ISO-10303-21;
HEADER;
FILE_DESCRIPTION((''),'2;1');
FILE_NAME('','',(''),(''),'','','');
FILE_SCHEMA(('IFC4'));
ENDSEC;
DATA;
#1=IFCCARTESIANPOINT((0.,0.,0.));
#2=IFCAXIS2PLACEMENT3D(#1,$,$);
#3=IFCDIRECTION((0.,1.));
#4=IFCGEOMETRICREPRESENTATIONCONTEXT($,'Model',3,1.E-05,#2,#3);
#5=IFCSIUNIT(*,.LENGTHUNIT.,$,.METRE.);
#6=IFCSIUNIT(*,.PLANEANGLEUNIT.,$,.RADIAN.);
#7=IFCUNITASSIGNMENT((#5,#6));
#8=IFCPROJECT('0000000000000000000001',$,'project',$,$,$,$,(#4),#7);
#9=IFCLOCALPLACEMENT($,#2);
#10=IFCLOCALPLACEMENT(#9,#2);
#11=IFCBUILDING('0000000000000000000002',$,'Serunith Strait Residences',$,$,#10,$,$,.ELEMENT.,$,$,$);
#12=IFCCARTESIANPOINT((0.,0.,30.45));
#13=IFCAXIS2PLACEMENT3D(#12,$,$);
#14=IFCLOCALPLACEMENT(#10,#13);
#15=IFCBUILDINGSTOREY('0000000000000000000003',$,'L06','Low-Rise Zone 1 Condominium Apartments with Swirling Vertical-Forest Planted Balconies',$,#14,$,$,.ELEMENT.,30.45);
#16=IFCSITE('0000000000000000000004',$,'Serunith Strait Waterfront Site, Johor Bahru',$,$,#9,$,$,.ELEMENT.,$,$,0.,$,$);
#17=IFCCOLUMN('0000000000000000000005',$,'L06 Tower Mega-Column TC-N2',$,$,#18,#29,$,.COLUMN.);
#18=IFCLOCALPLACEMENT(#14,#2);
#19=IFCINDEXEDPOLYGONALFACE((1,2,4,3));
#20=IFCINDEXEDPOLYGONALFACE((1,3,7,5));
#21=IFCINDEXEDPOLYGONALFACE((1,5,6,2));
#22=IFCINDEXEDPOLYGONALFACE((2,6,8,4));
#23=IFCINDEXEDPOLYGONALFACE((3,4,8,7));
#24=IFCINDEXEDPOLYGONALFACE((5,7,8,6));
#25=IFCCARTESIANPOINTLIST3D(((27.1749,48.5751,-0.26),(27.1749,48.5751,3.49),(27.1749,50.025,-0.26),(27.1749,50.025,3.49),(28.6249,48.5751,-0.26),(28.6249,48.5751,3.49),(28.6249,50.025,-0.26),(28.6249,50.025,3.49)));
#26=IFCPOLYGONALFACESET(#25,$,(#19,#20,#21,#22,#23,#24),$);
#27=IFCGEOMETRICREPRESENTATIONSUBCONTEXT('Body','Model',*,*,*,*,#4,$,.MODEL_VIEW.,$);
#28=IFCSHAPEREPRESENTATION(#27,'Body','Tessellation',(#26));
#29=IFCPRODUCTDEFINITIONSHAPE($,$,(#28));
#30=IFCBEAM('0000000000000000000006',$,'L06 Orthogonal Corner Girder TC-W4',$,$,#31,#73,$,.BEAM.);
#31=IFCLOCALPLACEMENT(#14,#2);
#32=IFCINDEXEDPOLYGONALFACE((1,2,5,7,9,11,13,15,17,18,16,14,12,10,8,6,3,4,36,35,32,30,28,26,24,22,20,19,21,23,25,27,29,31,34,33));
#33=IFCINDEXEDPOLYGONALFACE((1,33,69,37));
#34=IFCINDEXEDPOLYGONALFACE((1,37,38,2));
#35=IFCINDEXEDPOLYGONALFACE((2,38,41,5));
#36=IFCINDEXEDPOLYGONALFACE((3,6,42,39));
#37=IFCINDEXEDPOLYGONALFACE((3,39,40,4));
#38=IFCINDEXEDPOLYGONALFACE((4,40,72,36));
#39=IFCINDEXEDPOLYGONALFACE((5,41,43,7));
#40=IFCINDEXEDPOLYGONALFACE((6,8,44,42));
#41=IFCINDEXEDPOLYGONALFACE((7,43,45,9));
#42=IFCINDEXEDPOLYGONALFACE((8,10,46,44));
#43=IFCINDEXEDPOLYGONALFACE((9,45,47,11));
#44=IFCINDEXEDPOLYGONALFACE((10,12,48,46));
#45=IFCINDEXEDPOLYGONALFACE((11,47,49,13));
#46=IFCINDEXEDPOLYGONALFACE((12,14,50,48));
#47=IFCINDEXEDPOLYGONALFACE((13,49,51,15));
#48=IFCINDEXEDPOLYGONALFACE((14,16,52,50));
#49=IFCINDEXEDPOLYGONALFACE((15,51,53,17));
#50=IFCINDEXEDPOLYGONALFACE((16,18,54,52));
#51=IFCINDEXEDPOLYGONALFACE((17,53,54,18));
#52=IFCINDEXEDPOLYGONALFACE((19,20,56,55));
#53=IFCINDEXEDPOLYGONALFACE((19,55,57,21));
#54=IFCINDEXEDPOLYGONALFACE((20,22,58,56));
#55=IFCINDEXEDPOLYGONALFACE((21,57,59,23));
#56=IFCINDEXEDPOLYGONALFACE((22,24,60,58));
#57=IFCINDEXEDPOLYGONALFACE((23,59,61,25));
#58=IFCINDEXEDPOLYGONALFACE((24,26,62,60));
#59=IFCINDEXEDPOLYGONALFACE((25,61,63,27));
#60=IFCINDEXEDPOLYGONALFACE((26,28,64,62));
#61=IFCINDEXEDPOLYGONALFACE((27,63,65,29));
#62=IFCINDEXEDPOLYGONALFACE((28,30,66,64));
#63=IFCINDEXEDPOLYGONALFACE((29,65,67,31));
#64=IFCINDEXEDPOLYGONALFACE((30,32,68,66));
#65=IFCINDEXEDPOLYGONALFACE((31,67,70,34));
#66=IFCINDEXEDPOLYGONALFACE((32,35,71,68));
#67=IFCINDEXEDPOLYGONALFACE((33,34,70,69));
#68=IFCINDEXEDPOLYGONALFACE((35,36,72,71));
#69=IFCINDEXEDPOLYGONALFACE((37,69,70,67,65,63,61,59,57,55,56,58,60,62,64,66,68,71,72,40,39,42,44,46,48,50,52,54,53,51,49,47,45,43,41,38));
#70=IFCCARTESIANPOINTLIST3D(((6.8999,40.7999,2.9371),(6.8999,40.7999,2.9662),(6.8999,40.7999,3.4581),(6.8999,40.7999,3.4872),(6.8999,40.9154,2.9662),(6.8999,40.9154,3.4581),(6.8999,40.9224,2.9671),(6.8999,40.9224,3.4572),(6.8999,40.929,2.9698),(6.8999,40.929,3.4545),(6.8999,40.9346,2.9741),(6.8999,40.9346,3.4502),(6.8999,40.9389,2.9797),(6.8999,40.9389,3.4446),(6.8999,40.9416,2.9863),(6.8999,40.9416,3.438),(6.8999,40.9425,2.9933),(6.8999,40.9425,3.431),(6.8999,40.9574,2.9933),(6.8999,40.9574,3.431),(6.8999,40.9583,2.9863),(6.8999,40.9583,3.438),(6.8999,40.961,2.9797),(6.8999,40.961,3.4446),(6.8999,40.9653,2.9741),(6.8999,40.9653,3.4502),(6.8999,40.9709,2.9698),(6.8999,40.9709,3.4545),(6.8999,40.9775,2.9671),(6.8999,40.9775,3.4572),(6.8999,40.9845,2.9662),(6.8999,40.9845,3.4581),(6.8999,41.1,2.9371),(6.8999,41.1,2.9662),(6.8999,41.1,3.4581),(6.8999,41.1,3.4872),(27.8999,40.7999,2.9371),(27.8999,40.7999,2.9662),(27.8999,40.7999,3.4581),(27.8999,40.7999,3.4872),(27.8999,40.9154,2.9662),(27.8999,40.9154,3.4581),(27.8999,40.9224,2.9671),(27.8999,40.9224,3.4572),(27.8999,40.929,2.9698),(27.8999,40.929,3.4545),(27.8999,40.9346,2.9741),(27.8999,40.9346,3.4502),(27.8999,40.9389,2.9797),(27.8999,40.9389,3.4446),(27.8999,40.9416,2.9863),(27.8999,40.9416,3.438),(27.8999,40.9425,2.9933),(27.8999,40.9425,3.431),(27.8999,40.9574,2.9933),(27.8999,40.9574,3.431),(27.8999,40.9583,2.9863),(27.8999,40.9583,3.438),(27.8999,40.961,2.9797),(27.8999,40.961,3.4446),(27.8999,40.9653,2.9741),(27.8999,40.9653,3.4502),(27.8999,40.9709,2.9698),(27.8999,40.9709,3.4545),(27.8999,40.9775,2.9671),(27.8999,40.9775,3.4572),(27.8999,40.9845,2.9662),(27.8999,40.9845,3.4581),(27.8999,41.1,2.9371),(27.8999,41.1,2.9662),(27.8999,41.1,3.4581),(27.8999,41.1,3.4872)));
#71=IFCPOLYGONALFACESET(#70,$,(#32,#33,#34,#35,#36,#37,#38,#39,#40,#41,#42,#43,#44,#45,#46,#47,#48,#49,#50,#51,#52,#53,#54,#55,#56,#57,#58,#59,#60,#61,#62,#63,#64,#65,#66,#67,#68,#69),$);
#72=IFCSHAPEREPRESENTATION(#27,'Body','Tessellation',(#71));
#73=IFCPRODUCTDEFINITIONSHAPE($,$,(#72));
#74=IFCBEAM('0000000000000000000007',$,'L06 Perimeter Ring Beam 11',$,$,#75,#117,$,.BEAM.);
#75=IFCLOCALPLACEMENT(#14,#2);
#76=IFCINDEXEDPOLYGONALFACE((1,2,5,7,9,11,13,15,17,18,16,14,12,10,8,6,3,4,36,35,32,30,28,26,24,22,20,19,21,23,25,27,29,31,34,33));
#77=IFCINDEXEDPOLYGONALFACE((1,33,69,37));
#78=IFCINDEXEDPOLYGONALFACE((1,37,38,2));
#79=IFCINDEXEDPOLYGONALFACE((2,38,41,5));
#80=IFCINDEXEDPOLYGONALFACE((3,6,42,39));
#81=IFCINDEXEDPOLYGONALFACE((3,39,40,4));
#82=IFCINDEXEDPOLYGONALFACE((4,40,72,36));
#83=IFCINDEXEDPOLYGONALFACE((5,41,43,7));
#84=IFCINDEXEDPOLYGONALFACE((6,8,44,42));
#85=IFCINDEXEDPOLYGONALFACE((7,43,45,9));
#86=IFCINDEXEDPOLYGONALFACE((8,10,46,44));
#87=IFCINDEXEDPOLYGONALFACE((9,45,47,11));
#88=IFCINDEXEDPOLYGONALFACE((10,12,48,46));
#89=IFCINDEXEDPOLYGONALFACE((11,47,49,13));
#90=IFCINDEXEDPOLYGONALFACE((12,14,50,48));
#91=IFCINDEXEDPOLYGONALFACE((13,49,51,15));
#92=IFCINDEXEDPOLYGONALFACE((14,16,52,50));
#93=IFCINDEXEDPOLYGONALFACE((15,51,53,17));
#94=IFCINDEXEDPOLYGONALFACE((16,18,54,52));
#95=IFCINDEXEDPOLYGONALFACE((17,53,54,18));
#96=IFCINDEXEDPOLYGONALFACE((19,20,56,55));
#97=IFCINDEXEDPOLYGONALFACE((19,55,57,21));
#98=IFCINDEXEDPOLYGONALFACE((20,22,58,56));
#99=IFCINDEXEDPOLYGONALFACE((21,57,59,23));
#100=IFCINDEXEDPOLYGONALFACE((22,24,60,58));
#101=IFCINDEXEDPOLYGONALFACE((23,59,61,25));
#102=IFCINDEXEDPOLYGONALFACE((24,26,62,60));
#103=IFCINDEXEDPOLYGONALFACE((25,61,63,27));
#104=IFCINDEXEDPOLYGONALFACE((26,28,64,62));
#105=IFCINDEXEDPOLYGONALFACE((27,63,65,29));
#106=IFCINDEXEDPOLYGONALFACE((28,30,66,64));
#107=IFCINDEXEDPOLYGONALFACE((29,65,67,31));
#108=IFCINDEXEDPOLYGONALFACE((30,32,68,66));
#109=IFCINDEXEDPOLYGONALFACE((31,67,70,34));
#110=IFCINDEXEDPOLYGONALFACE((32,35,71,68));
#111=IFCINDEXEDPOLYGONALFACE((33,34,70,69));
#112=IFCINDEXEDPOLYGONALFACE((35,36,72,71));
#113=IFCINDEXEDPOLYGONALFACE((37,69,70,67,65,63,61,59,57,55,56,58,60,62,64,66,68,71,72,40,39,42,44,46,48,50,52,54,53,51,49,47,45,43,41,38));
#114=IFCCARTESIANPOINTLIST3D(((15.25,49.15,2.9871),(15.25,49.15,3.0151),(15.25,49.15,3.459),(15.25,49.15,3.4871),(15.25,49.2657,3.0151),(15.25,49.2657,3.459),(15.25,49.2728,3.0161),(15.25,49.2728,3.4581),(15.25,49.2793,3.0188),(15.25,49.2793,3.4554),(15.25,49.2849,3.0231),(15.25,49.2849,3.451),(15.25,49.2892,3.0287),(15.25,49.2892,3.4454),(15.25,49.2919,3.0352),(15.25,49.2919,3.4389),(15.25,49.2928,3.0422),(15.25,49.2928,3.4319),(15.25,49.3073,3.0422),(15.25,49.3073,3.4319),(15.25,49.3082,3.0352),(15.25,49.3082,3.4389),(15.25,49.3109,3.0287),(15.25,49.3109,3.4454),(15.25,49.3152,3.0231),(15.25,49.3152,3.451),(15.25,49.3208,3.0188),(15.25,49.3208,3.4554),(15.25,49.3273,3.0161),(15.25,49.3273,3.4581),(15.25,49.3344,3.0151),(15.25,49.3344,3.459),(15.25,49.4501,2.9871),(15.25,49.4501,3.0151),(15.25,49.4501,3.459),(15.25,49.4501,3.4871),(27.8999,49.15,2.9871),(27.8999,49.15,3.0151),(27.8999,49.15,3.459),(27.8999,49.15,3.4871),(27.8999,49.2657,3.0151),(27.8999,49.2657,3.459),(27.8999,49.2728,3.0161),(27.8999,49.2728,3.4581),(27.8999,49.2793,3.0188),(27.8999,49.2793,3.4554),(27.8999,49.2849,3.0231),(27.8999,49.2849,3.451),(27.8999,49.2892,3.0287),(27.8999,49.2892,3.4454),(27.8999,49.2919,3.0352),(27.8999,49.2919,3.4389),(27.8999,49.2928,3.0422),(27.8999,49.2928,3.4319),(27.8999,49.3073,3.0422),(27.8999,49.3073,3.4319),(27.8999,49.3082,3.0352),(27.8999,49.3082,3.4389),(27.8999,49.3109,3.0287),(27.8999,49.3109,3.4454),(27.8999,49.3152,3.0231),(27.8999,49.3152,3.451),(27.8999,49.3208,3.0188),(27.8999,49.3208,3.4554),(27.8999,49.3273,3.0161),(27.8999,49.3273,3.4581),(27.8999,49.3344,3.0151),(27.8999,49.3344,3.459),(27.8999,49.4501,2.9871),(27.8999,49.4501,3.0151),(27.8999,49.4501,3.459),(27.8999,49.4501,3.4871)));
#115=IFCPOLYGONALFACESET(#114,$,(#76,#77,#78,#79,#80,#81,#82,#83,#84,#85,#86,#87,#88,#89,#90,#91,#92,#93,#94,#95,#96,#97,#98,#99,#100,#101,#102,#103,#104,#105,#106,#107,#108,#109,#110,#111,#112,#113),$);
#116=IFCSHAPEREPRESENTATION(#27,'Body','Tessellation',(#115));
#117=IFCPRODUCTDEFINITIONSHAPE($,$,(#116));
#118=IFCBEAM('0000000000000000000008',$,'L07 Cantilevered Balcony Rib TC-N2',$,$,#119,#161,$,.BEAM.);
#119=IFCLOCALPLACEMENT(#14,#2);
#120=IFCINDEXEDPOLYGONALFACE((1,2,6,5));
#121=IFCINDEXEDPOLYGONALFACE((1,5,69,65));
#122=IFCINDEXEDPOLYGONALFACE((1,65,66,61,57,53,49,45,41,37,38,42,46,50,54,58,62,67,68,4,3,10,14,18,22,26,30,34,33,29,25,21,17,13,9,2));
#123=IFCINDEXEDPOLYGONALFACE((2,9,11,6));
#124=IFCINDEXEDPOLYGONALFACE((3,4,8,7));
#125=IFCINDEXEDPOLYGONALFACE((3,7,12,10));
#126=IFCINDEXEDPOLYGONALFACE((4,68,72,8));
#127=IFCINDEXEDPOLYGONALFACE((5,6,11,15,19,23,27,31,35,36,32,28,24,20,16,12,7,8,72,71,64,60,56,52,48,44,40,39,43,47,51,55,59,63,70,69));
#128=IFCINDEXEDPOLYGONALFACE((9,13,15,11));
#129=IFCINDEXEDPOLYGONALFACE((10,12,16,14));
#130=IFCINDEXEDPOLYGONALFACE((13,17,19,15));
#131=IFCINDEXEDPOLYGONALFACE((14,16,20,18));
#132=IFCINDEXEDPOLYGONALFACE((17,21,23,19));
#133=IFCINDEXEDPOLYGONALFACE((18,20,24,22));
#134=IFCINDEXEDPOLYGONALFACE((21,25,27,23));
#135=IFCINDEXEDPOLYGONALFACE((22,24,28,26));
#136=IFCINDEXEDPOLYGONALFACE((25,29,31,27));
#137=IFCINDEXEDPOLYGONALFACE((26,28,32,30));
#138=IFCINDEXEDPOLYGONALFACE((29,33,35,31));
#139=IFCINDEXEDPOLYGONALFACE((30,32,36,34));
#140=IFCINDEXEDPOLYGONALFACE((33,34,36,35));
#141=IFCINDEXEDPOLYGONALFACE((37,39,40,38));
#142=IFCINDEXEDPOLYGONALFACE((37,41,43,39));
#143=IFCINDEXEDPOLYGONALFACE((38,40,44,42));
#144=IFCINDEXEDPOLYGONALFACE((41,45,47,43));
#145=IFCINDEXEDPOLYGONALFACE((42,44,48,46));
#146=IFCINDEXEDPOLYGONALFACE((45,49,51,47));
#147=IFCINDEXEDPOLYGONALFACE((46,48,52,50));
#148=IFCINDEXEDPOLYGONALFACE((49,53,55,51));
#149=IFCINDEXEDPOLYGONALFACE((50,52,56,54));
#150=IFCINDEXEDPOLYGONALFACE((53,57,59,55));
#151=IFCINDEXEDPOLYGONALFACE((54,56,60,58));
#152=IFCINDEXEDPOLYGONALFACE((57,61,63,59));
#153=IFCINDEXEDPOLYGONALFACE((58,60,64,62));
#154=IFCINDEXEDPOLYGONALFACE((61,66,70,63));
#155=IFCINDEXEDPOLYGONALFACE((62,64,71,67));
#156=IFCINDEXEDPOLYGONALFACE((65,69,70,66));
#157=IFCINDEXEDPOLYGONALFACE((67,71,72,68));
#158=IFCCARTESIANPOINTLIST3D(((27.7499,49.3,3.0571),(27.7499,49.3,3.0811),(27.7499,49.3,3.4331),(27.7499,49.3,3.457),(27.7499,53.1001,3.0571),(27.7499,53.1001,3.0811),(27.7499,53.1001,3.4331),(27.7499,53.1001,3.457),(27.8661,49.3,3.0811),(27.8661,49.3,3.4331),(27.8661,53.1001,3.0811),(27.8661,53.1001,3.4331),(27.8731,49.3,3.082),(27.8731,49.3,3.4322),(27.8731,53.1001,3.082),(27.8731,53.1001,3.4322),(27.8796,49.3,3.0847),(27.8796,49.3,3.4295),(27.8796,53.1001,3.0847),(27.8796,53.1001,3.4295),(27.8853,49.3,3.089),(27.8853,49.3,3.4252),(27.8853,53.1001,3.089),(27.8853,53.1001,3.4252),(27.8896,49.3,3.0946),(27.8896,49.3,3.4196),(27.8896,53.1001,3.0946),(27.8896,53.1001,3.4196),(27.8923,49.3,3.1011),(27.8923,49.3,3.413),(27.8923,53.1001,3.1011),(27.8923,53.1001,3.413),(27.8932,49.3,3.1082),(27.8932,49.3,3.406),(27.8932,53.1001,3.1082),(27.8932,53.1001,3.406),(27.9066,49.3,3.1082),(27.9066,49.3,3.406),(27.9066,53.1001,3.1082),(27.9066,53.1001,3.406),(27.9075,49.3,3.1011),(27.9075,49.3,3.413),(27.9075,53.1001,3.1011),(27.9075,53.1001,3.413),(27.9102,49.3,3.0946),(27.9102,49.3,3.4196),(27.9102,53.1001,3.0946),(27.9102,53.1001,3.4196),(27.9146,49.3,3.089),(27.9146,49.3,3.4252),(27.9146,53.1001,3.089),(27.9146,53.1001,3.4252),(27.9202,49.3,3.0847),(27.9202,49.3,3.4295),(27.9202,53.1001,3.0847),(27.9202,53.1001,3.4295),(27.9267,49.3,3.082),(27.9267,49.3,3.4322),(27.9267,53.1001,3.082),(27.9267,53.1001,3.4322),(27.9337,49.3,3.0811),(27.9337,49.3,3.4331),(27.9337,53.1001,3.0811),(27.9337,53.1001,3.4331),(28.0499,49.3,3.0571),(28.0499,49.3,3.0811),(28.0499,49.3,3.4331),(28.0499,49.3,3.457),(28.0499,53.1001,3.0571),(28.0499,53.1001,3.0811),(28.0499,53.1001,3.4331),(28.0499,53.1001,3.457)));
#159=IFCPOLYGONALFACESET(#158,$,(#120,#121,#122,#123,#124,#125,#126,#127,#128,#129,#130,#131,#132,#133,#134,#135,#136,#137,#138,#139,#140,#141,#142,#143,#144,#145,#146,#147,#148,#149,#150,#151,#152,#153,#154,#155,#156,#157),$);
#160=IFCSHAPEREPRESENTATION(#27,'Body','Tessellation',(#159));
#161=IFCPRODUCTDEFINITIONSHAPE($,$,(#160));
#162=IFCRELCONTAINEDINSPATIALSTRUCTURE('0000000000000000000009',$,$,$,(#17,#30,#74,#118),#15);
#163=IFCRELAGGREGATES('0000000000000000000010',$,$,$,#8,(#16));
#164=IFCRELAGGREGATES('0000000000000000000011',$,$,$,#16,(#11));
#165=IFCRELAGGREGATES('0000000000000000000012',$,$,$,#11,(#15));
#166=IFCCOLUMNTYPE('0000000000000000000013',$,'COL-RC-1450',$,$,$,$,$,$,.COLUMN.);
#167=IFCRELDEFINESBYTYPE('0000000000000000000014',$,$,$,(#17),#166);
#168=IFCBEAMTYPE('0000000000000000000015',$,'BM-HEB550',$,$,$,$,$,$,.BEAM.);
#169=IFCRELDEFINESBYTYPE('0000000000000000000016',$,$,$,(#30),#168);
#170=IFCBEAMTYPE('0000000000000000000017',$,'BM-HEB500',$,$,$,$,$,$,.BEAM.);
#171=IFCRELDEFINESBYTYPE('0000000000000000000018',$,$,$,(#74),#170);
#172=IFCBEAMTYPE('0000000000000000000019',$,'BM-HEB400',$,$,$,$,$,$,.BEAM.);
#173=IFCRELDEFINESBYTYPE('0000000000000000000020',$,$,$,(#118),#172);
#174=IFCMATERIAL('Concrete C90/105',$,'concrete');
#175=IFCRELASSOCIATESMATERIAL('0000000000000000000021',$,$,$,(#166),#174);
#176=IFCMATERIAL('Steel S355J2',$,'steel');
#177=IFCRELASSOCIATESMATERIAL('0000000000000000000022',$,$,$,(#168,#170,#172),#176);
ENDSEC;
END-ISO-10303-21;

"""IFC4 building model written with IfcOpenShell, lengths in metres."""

from ifc_helpers import new_model, si_unit, direction, frame, origin, origin_2d, place, context, subcontext, project, spatial, rectangle, i_section, extrude, source, transform, mapped, material, material_profile, profile_set, type_object, element, save


model = new_model("IFC4")

# Units and contexts
model_context = context("Model", 3, precision=1e-05, world=origin(), true_north=direction((0.0, 1.0)))
body_context = subcontext(model_context, "Body", "Model", "MODEL_VIEW")
ifc_project = project(units=[si_unit("LENGTHUNIT", "METRE"), si_unit("PLANEANGLEUNIT", "RADIAN")], contexts=[model_context])

# Site, building, storey
site_placement = place(None, origin())
site = spatial("IfcSite", under=ifc_project, at=site_placement, Name="Serunith Strait Waterfront Site, Johor Bahru", CompositionType="ELEMENT", RefElevation=0.0)
building_placement = place(site_placement, origin())
building = spatial("IfcBuilding", under=site, at=building_placement, Name="Serunith Strait Residences", CompositionType="ELEMENT")
storey_placement = place(building_placement, frame((0.0, 0.0, 30.45)))
storey = spatial("IfcBuildingStorey", under=building, at=storey_placement, Name="L06", Description="Low-Rise Zone 1 Condominium Apartments with Swirling Vertical-Forest Planted Balconies", CompositionType="ELEMENT", Elevation=30.45)

# Column
ifc_material_1 = material(Name="Concrete C90/105", Category="concrete")
ifc_material_profile_1 = material_profile(ifc_material_1, rectangle(XDim=1.45, YDim=1.45, at=origin_2d()), Name="RC 1450x1450")
ifc_profile_set_1 = profile_set([ifc_material_profile_1], Name="Concrete C90/105")
column_type = type_object("IfcColumnType", Name="COL-RC-1450", PredefinedType="COLUMN", material=ifc_profile_set_1)
shared_shape_1 = source(origin(), body_context, "Body", "SweptSolid", [
    extrude(rectangle(XDim=1.45, YDim=1.45, at=origin_2d()), origin(), (0.0, 0.0, 1.0), 3.75),
])
column_placement = place(storey_placement, frame((27.8999, 49.3, -0.26), z_axis=(0.0, 0.0, 1.0), x_axis=(1.0, 0.0, 0.0)))
element("IfcColumn", 1, at=column_placement, inside=storey, type_object=column_type, Name="L06 Tower Mega-Column TC-N2", PredefinedType="COLUMN", context=body_context, shape_type="MappedRepresentation", body=[
    mapped(shared_shape_1, transform((0.0, 0.0, 0.0), scale=1.0)),
])

# Beams
ifc_material_2 = material(Name="Steel S355J2", Category="steel")
ifc_material_profile_2 = material_profile(ifc_material_2, i_section(OverallWidth=0.3, OverallDepth=0.55, WebThickness=0.0149, FlangeThickness=0.0291, FilletRadius=0.0271, at=origin_2d()), Name="HEB 550")
ifc_profile_set_2 = profile_set([ifc_material_profile_2], Name="Steel S355J2")
beam_type_1 = type_object("IfcBeamType", Name="BM-HEB550", PredefinedType="BEAM", material=ifc_profile_set_2)
shared_shape_2 = source(origin(), body_context, "Body", "SweptSolid", [
    extrude(i_section(OverallWidth=0.3, OverallDepth=0.55, WebThickness=0.0149, FlangeThickness=0.0291, FilletRadius=0.0271, at=origin_2d()), origin(), (0.0, 0.0, 1.0), 21.0),
])
beam_1_placement = place(storey_placement, frame((27.8999, 40.95, 3.2122), z_axis=(-1.0, 0.0, 0.0), x_axis=(0.0, -1.0, 0.0)))
element("IfcBeam", 2, at=beam_1_placement, inside=storey, type_object=beam_type_1, Name="L06 Orthogonal Corner Girder TC-W4", PredefinedType="BEAM", context=body_context, shape_type="MappedRepresentation", body=[
    mapped(shared_shape_2, transform((0.0, 0.0, 0.0), scale=1.0)),
])
ifc_material_profile_3 = material_profile(ifc_material_2, i_section(OverallWidth=0.3, OverallDepth=0.5, WebThickness=0.0144, FlangeThickness=0.0281, FilletRadius=0.0271, at=origin_2d()), Name="HEB 500")
ifc_profile_set_3 = profile_set([ifc_material_profile_3], Name="Steel S355J2")
beam_type_2 = type_object("IfcBeamType", Name="BM-HEB500", PredefinedType="BEAM", material=ifc_profile_set_3)
shared_shape_3 = source(origin(), body_context, "Body", "SweptSolid", [
    extrude(i_section(OverallWidth=0.3, OverallDepth=0.5, WebThickness=0.0144, FlangeThickness=0.0281, FilletRadius=0.0271, at=origin_2d()), origin(), (0.0, 0.0, 1.0), 12.6499),
])
beam_2_placement = place(storey_placement, frame((27.8999, 49.3, 3.2371), z_axis=(-1.0, 0.0, 0.0), x_axis=(0.0, -1.0, 0.0)))
element("IfcBeam", 3, at=beam_2_placement, inside=storey, type_object=beam_type_2, Name="L06 Perimeter Ring Beam 11", PredefinedType="BEAM", context=body_context, shape_type="MappedRepresentation", body=[
    mapped(shared_shape_3, transform((0.0, 0.0, 0.0), scale=1.0)),
])
ifc_material_profile_4 = material_profile(ifc_material_2, i_section(OverallWidth=0.3, OverallDepth=0.3999, WebThickness=0.0134, FlangeThickness=0.0239, FilletRadius=0.0271, at=origin_2d()), Name="HEB 400")
ifc_profile_set_4 = profile_set([ifc_material_profile_4], Name="Steel S355J2")
beam_type_3 = type_object("IfcBeamType", Name="BM-HEB400", PredefinedType="BEAM", material=ifc_profile_set_4)
shared_shape_4 = source(origin(), body_context, "Body", "SweptSolid", [
    extrude(i_section(OverallWidth=0.3, OverallDepth=0.3999, WebThickness=0.0134, FlangeThickness=0.0239, FilletRadius=0.0271, at=origin_2d()), origin(), (0.0, 0.0, 1.0), 3.8),
])
beam_3_placement = place(storey_placement, frame((27.8999, 49.3, 3.2571), z_axis=(0.0, 1.0, 0.0), x_axis=(-1.0, 0.0, 0.0)))
element("IfcBeam", 4, at=beam_3_placement, inside=storey, type_object=beam_type_3, Name="L07 Cantilevered Balcony Rib TC-N2", PredefinedType="BEAM", context=body_context, shape_type="MappedRepresentation", body=[
    mapped(shared_shape_4, transform((0.0, 0.0, 0.0), scale=1.0)),
])

save(model, "model.ifc")
